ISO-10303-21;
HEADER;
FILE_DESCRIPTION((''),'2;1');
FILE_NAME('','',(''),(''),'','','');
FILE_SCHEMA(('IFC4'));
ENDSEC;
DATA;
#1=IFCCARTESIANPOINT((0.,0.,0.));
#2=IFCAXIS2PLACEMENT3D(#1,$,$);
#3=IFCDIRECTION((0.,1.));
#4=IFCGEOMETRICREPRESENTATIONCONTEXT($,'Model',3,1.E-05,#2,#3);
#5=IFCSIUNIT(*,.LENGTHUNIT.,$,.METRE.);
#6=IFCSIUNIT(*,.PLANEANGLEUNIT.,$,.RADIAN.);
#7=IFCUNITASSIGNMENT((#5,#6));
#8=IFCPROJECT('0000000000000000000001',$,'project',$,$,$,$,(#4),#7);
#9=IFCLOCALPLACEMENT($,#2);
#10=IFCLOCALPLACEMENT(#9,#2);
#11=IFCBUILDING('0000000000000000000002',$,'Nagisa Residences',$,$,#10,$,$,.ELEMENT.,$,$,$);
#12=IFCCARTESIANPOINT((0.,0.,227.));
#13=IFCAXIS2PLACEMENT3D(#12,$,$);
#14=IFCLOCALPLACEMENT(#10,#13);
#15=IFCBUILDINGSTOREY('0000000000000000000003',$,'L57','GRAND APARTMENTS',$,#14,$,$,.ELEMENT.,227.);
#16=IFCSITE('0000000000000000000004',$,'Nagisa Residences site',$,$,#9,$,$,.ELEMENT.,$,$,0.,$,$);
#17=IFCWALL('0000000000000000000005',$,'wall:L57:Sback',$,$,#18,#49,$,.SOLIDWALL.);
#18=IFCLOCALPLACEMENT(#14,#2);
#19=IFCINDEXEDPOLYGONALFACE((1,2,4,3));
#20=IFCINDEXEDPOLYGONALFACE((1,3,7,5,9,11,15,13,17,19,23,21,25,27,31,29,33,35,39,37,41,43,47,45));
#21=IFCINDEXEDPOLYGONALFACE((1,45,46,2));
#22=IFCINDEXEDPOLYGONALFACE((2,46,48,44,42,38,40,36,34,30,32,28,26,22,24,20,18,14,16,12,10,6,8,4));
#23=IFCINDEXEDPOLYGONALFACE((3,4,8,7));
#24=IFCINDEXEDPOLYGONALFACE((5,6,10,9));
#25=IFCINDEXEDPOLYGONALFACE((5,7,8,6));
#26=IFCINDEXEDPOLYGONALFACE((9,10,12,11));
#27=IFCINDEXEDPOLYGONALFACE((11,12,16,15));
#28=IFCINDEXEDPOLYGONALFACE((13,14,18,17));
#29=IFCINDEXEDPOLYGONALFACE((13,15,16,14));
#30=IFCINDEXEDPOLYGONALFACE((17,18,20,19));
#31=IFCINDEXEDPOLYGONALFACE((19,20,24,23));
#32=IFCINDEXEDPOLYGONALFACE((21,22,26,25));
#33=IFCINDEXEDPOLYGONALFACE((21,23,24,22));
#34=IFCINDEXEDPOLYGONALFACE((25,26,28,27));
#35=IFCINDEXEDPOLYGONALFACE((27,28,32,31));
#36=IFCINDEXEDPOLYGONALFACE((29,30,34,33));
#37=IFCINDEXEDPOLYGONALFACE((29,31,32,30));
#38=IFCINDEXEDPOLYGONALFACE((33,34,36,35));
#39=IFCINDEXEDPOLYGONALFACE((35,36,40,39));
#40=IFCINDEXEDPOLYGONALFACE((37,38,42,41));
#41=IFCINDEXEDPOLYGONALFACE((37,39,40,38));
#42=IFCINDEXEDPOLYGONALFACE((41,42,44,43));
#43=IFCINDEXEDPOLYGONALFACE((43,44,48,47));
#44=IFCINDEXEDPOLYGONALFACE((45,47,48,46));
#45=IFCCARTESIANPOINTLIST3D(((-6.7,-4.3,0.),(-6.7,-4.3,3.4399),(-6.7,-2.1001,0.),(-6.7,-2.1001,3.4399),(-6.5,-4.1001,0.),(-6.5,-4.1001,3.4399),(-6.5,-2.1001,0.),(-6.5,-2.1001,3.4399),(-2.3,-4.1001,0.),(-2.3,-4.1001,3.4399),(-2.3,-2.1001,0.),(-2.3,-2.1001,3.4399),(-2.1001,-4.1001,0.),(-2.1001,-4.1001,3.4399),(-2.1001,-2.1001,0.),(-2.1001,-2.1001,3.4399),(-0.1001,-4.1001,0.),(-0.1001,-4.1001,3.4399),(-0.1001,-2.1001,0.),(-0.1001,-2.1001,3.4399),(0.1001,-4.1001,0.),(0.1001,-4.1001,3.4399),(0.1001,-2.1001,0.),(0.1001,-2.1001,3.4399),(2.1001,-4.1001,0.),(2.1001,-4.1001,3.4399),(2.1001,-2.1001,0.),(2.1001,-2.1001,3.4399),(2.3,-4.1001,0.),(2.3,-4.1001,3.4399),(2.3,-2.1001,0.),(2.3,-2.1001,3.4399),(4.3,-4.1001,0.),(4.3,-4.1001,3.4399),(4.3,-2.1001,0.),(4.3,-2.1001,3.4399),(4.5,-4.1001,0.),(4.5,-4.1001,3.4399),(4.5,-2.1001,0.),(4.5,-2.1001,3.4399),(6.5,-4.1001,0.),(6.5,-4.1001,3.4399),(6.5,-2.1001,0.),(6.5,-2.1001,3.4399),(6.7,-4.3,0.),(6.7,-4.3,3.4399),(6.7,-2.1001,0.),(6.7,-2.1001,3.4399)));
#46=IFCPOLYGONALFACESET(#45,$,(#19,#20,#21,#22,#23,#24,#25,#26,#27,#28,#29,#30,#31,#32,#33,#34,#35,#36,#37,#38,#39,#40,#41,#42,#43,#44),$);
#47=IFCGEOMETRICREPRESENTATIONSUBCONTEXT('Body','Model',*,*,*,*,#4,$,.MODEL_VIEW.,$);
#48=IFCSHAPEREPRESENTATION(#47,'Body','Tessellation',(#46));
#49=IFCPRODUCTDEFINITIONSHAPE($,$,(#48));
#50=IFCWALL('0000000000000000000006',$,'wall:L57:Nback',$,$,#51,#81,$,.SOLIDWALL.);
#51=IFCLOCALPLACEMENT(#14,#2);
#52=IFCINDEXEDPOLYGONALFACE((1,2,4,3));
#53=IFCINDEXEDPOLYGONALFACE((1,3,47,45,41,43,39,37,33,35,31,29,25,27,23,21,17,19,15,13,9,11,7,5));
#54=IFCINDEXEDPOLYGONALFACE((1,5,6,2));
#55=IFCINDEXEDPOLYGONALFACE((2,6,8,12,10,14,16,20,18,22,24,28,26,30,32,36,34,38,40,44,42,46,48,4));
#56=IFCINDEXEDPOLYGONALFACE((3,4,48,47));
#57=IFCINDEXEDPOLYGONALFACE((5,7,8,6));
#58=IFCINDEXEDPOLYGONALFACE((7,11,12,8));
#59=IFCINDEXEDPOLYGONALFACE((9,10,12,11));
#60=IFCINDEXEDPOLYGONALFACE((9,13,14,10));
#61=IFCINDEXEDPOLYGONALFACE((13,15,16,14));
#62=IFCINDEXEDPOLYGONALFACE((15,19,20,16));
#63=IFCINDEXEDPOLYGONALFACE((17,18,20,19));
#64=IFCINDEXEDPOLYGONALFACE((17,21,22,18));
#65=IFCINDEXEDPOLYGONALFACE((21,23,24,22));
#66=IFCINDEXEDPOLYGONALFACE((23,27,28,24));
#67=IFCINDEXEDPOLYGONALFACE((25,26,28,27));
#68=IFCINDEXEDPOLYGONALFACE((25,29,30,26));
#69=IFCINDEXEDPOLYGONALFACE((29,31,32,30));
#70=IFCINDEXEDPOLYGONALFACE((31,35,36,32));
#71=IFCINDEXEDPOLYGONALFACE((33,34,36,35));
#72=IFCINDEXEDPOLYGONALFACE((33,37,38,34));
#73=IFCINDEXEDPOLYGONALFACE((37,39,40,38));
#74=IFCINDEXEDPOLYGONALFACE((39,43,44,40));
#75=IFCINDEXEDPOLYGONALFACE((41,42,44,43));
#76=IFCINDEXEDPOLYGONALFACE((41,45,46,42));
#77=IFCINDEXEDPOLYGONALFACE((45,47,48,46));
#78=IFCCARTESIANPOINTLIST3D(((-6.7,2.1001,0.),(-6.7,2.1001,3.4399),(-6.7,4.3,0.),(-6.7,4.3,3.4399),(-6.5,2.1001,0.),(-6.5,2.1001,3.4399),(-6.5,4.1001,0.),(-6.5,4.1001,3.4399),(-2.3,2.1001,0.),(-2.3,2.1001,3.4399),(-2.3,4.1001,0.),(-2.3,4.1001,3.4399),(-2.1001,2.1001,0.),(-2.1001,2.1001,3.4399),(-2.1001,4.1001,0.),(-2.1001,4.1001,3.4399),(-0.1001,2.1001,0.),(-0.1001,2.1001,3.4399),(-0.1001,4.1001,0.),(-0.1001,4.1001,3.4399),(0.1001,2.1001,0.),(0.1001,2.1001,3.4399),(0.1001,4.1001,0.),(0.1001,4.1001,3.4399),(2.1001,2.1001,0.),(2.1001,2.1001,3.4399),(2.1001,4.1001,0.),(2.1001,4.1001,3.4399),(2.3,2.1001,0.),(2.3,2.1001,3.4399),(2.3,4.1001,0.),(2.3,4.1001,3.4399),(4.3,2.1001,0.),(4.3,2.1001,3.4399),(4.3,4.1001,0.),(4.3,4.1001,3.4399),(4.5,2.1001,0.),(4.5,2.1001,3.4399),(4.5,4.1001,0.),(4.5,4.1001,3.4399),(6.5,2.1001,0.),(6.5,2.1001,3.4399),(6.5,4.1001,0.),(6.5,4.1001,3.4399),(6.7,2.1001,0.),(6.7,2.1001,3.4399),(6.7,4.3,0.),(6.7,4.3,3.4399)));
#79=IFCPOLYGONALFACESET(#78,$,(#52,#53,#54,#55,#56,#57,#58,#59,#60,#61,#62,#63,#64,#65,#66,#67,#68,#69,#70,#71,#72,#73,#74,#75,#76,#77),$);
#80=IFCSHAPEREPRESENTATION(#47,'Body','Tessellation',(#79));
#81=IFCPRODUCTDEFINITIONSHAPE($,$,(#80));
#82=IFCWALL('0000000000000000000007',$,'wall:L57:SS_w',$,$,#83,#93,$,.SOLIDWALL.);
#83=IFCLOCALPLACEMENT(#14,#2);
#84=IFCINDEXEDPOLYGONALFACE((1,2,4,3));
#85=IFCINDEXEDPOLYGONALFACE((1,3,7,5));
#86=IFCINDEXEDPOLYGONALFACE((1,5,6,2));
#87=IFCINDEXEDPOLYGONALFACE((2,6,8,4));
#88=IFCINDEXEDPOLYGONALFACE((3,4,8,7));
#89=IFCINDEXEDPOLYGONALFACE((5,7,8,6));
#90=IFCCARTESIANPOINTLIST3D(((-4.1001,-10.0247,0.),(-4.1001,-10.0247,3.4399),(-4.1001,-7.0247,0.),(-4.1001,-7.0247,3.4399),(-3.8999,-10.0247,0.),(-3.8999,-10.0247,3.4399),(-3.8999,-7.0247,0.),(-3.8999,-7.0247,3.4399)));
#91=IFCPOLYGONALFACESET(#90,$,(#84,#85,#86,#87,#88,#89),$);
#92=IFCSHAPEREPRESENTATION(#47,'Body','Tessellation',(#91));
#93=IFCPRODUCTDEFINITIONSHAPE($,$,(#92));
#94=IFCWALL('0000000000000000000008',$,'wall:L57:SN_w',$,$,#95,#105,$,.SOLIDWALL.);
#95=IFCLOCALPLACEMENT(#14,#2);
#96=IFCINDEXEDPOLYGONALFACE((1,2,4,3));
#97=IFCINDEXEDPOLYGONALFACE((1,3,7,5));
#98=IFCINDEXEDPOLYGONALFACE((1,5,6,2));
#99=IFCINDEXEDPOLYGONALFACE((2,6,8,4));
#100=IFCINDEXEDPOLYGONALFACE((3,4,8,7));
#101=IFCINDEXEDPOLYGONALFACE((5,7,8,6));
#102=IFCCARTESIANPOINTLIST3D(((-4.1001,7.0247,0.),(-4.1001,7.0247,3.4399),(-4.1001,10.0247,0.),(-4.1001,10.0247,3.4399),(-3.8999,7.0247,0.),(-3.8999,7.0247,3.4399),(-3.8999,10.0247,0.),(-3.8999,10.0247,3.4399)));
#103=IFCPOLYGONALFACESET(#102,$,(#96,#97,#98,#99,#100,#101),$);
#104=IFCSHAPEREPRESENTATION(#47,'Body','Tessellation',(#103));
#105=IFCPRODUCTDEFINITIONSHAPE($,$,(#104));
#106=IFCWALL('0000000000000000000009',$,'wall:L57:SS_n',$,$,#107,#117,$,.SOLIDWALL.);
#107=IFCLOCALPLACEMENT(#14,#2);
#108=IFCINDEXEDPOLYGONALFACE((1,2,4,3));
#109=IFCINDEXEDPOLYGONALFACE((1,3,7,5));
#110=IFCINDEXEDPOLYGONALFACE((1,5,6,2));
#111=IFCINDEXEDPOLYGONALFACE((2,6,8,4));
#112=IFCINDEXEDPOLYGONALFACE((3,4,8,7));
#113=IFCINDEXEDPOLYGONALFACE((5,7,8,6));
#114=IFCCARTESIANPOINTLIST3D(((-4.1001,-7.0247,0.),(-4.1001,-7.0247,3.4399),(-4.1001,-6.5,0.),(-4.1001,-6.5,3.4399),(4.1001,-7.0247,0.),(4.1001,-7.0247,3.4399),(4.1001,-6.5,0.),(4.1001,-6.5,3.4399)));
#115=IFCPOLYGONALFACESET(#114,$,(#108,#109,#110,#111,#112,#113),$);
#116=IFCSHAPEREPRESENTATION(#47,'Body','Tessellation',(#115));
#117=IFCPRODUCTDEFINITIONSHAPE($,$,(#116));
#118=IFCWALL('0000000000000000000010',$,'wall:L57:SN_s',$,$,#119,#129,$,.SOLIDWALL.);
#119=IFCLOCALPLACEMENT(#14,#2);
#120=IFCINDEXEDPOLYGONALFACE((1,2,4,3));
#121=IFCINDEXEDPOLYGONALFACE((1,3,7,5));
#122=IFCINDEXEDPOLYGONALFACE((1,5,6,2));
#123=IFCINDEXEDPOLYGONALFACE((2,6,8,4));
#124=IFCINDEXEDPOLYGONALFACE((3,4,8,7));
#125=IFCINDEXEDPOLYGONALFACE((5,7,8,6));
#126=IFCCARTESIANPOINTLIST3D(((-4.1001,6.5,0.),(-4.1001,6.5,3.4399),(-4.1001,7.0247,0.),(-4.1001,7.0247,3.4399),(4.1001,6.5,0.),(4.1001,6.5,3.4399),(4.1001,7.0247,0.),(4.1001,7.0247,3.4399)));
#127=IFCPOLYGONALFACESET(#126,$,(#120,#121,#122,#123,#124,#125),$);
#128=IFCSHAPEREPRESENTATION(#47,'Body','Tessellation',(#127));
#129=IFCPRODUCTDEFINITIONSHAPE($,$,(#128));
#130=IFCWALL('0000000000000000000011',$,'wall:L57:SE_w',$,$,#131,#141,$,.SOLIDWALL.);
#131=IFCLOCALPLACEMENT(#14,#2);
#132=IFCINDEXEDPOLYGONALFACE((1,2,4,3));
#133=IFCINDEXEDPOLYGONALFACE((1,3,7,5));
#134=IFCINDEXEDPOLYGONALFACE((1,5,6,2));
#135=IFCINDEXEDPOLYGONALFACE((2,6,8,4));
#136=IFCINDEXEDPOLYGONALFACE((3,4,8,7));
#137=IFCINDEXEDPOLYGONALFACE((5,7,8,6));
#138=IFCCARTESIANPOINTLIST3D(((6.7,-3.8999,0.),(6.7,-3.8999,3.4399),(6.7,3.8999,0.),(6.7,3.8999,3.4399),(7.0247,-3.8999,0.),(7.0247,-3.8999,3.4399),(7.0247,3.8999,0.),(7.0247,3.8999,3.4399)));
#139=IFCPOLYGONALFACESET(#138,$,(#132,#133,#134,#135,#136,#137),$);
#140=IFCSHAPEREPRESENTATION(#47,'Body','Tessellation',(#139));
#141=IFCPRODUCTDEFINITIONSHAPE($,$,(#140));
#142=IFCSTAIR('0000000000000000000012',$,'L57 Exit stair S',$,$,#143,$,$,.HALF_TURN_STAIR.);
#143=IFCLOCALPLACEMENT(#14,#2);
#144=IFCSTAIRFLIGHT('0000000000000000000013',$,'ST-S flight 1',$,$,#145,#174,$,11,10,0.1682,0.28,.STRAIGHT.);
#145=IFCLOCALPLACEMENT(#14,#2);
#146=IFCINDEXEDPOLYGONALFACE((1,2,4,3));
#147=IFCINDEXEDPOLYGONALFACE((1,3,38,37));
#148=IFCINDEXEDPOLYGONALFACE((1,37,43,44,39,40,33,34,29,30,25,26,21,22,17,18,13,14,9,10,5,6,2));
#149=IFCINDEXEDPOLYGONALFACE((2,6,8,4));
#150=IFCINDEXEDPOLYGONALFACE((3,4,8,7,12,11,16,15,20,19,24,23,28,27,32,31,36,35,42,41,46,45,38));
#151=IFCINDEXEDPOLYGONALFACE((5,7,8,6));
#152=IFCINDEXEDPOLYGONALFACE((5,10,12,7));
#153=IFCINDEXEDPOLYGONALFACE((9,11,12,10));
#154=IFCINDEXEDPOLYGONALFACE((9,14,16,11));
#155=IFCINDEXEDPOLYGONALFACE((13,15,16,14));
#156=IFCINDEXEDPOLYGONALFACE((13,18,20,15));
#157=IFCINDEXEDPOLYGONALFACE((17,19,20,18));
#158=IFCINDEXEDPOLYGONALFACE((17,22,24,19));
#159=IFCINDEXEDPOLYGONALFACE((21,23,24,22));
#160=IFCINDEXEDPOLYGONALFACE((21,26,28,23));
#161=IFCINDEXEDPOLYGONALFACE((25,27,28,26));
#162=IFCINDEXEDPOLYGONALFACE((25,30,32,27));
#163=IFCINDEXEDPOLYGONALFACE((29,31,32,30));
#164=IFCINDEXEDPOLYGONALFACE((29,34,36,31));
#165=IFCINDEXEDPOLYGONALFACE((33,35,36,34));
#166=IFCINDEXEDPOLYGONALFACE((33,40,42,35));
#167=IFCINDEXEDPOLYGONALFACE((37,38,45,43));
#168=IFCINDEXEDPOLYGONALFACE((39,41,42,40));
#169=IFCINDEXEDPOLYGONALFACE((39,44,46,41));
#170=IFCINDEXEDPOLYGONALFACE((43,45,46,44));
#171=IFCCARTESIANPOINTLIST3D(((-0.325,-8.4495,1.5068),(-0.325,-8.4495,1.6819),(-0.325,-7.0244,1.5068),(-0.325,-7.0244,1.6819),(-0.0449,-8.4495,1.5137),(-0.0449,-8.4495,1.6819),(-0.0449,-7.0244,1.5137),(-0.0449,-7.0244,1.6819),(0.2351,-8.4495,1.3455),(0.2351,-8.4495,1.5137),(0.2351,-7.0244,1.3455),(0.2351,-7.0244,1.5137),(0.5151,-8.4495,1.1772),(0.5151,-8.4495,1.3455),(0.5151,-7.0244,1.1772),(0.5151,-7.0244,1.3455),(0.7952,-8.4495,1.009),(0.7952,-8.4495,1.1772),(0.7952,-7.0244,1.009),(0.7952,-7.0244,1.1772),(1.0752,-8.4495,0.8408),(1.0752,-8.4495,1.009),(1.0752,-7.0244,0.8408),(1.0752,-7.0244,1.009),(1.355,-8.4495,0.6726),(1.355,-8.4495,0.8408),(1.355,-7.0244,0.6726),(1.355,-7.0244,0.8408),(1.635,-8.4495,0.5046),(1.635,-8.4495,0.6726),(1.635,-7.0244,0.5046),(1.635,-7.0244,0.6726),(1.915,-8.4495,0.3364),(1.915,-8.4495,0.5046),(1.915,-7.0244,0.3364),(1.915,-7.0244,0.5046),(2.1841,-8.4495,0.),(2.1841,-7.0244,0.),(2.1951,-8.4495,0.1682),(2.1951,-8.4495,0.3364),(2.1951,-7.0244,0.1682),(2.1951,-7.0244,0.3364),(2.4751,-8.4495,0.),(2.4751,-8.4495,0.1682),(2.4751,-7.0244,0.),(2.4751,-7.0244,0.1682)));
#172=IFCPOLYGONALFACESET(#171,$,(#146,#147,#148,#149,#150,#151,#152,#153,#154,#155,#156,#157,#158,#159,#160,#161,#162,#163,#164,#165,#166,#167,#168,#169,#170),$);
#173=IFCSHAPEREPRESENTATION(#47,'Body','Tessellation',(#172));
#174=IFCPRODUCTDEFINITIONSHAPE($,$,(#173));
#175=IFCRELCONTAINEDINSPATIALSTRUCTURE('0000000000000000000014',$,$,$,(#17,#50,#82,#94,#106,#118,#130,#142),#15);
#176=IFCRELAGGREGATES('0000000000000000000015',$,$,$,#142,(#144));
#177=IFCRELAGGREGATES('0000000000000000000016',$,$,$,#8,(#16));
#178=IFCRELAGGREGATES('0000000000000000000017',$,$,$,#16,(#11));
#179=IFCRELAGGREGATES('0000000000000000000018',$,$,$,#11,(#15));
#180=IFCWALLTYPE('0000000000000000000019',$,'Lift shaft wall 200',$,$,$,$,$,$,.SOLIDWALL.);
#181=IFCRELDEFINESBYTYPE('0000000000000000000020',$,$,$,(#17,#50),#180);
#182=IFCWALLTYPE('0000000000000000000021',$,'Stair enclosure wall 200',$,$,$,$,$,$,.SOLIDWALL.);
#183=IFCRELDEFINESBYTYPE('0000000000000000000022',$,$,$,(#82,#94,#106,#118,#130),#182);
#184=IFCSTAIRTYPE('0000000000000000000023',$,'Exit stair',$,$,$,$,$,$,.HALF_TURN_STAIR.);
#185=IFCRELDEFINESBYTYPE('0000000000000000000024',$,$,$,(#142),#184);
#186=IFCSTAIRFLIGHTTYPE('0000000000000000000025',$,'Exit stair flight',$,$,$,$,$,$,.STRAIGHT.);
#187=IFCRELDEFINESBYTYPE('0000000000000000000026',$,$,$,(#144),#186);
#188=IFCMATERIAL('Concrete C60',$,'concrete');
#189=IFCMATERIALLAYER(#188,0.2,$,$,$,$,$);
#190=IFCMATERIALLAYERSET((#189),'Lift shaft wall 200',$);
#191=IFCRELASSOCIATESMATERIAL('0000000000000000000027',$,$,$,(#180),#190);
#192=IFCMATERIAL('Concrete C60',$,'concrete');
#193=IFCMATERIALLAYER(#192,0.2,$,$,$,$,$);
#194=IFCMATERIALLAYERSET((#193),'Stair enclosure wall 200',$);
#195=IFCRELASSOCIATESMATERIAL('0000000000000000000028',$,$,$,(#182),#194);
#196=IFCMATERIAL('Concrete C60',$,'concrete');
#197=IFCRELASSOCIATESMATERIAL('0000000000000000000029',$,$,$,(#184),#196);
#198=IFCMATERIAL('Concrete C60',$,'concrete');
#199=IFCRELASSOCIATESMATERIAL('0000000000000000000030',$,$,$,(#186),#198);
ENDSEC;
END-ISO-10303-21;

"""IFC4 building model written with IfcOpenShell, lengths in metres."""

from ifc_helpers import new_model, si_unit, direction, frame, origin, place, context, subcontext, project, spatial, polyline, outline, extrude, material, layer, layer_set, type_object, element, aggregate, save


model = new_model("IFC4")

# Units and contexts
model_context = context("Model", 3, precision=1e-05, world=origin(), true_north=direction((0.0, 1.0)))
body_context = subcontext(model_context, "Body", "Model", "MODEL_VIEW")
ifc_project = project(units=[si_unit("LENGTHUNIT", "METRE"), si_unit("PLANEANGLEUNIT", "RADIAN")], contexts=[model_context])

# Site, building, storey
site_placement = place(None, origin())
site = spatial("IfcSite", under=ifc_project, at=site_placement, Name="Nagisa Residences site", CompositionType="ELEMENT", RefElevation=0.0)
building_placement = place(site_placement, origin())
building = spatial("IfcBuilding", under=site, at=building_placement, Name="Nagisa Residences", CompositionType="ELEMENT")
storey_placement = place(building_placement, frame((0.0, 0.0, 227.0)))
storey = spatial("IfcBuildingStorey", under=building, at=storey_placement, Name="L57", Description="GRAND APARTMENTS", CompositionType="ELEMENT", Elevation=227.0)

# Walls
ifc_material_1 = material(Name="Concrete C60", Category="concrete")
ifc_layer_1 = layer(ifc_material_1, 0.2)
ifc_layer_set_1 = layer_set([ifc_layer_1], Name="Lift shaft wall 200")
wall_type_1 = type_object("IfcWallType", Name="Lift shaft wall 200", PredefinedType="SOLIDWALL", material=ifc_layer_set_1)
wall_1_placement = place(storey_placement, origin())
element("IfcWall", 1, at=wall_1_placement, inside=storey, type_object=wall_type_1, Name="wall:L57:Sback", PredefinedType="SOLIDWALL", context=body_context, shape_type="SweptSolid", body=[
    extrude(outline(polyline([(-6.7, -2.1001), (-6.5, -2.1001), (-6.5, -4.1001), (-2.3, -4.1001), (-2.3, -2.1001), (-2.1001, -2.1001), (-2.1001, -4.1001), (-0.1001, -4.1001), (-0.1001, -2.1001), (0.1001, -2.1001), (0.1001, -4.1001), (2.1001, -4.1001), (2.1001, -2.1001), (2.3, -2.1001), (2.3, -4.1001), (4.3, -4.1001), (4.3, -2.1001), (4.5, -2.1001), (4.5, -4.1001), (6.5, -4.1001), (6.5, -2.1001), (6.7, -2.1001), (6.7, -4.3), (-6.7, -4.3), (-6.7, -2.1001)])), origin(), (0.0, 0.0, 1.0), 3.4399),
])
wall_2_placement = place(storey_placement, origin())
element("IfcWall", 2, at=wall_2_placement, inside=storey, type_object=wall_type_1, Name="wall:L57:Nback", PredefinedType="SOLIDWALL", context=body_context, shape_type="SweptSolid", body=[
    extrude(outline(polyline([(-6.7, 4.3), (6.7, 4.3), (6.7, 2.1001), (6.5, 2.1001), (6.5, 4.1001), (4.5, 4.1001), (4.5, 2.1001), (4.3, 2.1001), (4.3, 4.1001), (2.3, 4.1001), (2.3, 2.1001), (2.1001, 2.1001), (2.1001, 4.1001), (0.1001, 4.1001), (0.1001, 2.1001), (-0.1001, 2.1001), (-0.1001, 4.1001), (-2.1001, 4.1001), (-2.1001, 2.1001), (-2.3, 2.1001), (-2.3, 4.1001), (-6.5, 4.1001), (-6.5, 2.1001), (-6.7, 2.1001), (-6.7, 4.3)])), origin(), (0.0, 0.0, 1.0), 3.4399),
])
ifc_material_2 = material(Name="Concrete C60", Category="concrete")
ifc_layer_2 = layer(ifc_material_2, 0.2)
ifc_layer_set_2 = layer_set([ifc_layer_2], Name="Stair enclosure wall 200")
wall_type_2 = type_object("IfcWallType", Name="Stair enclosure wall 200", PredefinedType="SOLIDWALL", material=ifc_layer_set_2)
wall_3_placement = place(storey_placement, origin())
element("IfcWall", 3, at=wall_3_placement, inside=storey, type_object=wall_type_2, Name="wall:L57:SS_w", PredefinedType="SOLIDWALL", context=body_context, shape_type="SweptSolid", body=[
    extrude(outline(polyline([(-3.8999, -10.0247), (-4.1001, -10.0247), (-4.1001, -7.0247), (-3.8999, -7.0247), (-3.8999, -10.0247)])), origin(), (0.0, 0.0, 1.0), 3.4399),
])
wall_4_placement = place(storey_placement, origin())
element("IfcWall", 4, at=wall_4_placement, inside=storey, type_object=wall_type_2, Name="wall:L57:SN_w", PredefinedType="SOLIDWALL", context=body_context, shape_type="SweptSolid", body=[
    extrude(outline(polyline([(-3.8999, 7.0247), (-4.1001, 7.0247), (-4.1001, 10.0247), (-3.8999, 10.0247), (-3.8999, 7.0247)])), origin(), (0.0, 0.0, 1.0), 3.4399),
])
wall_5_placement = place(storey_placement, origin())
element("IfcWall", 5, at=wall_5_placement, inside=storey, type_object=wall_type_2, Name="wall:L57:SS_n", PredefinedType="SOLIDWALL", context=body_context, shape_type="SweptSolid", body=[
    extrude(outline(polyline([(4.1001, -7.0247), (-4.1001, -7.0247), (-4.1001, -6.5), (4.1001, -6.5), (4.1001, -7.0247)])), origin(), (0.0, 0.0, 1.0), 3.4399),
])
wall_6_placement = place(storey_placement, origin())
element("IfcWall", 6, at=wall_6_placement, inside=storey, type_object=wall_type_2, Name="wall:L57:SN_s", PredefinedType="SOLIDWALL", context=body_context, shape_type="SweptSolid", body=[
    extrude(outline(polyline([(4.1001, 6.5), (-4.1001, 6.5), (-4.1001, 7.0247), (4.1001, 7.0247), (4.1001, 6.5)])), origin(), (0.0, 0.0, 1.0), 3.4399),
])
wall_7_placement = place(storey_placement, origin())
element("IfcWall", 7, at=wall_7_placement, inside=storey, type_object=wall_type_2, Name="wall:L57:SE_w", PredefinedType="SOLIDWALL", context=body_context, shape_type="SweptSolid", body=[
    extrude(outline(polyline([(7.0247, -3.8999), (6.7, -3.8999), (6.7, 3.8999), (7.0247, 3.8999), (7.0247, -3.8999)])), origin(), (0.0, 0.0, 1.0), 3.4399),
])

# Stair, stair flight
ifc_material_3 = material(Name="Concrete C60", Category="concrete")
stair_type = type_object("IfcStairType", Name="Exit stair", PredefinedType="HALF_TURN_STAIR", material=ifc_material_3)
stair_placement = place(storey_placement, origin())
stair = element("IfcStair", 8, at=stair_placement, inside=storey, type_object=stair_type, Name="L57 Exit stair S", PredefinedType="HALF_TURN_STAIR")
ifc_material_4 = material(Name="Concrete C60", Category="concrete")
stair_flight_type = type_object("IfcStairFlightType", Name="Exit stair flight", PredefinedType="STRAIGHT", material=ifc_material_4)
stair_flight_placement = place(storey_placement, frame((2.4751, -7.7371, 0.0), z_axis=(0.0, 0.0, 1.0), x_axis=(-1.0, 0.0, 0.0)))
stair_flight = element("IfcStairFlight", 9, at=stair_flight_placement, type_object=stair_flight_type, Name="ST-S flight 1", NumberOfRisers=11, NumberOfTreads=10, PredefinedType="STRAIGHT", RiserHeight=0.1682, TreadLength=0.28, context=body_context, shape_type="SweptSolid", body=[
    extrude(outline(polyline([(0.0, 0.0), (0.0, 0.1682), (0.28, 0.1682), (0.28, 0.3364), (0.5601, 0.3364), (0.5601, 0.5046), (0.8401, 0.5046), (0.8401, 0.6726), (1.1201, 0.6726), (1.1201, 0.8408), (1.3999, 0.8408), (1.3999, 1.009), (1.6799, 1.009), (1.6799, 1.1772), (1.96, 1.1772), (1.96, 1.3455), (2.24, 1.3455), (2.24, 1.5137), (2.52, 1.5137), (2.52, 1.6819), (2.8, 1.6819), (2.8, 1.8501), (2.8, 1.5068), (0.291, 0.0), (0.0, 0.0)])), frame((0.0, 0.7124, 0.0), z_axis=(0.0, -1.0, 0.0), x_axis=(1.0, 0.0, 0.0)), (0.0, 0.0, 1.0), 1.425),
])
aggregate(stair, [stair_flight])

save(model, "model.ifc")
